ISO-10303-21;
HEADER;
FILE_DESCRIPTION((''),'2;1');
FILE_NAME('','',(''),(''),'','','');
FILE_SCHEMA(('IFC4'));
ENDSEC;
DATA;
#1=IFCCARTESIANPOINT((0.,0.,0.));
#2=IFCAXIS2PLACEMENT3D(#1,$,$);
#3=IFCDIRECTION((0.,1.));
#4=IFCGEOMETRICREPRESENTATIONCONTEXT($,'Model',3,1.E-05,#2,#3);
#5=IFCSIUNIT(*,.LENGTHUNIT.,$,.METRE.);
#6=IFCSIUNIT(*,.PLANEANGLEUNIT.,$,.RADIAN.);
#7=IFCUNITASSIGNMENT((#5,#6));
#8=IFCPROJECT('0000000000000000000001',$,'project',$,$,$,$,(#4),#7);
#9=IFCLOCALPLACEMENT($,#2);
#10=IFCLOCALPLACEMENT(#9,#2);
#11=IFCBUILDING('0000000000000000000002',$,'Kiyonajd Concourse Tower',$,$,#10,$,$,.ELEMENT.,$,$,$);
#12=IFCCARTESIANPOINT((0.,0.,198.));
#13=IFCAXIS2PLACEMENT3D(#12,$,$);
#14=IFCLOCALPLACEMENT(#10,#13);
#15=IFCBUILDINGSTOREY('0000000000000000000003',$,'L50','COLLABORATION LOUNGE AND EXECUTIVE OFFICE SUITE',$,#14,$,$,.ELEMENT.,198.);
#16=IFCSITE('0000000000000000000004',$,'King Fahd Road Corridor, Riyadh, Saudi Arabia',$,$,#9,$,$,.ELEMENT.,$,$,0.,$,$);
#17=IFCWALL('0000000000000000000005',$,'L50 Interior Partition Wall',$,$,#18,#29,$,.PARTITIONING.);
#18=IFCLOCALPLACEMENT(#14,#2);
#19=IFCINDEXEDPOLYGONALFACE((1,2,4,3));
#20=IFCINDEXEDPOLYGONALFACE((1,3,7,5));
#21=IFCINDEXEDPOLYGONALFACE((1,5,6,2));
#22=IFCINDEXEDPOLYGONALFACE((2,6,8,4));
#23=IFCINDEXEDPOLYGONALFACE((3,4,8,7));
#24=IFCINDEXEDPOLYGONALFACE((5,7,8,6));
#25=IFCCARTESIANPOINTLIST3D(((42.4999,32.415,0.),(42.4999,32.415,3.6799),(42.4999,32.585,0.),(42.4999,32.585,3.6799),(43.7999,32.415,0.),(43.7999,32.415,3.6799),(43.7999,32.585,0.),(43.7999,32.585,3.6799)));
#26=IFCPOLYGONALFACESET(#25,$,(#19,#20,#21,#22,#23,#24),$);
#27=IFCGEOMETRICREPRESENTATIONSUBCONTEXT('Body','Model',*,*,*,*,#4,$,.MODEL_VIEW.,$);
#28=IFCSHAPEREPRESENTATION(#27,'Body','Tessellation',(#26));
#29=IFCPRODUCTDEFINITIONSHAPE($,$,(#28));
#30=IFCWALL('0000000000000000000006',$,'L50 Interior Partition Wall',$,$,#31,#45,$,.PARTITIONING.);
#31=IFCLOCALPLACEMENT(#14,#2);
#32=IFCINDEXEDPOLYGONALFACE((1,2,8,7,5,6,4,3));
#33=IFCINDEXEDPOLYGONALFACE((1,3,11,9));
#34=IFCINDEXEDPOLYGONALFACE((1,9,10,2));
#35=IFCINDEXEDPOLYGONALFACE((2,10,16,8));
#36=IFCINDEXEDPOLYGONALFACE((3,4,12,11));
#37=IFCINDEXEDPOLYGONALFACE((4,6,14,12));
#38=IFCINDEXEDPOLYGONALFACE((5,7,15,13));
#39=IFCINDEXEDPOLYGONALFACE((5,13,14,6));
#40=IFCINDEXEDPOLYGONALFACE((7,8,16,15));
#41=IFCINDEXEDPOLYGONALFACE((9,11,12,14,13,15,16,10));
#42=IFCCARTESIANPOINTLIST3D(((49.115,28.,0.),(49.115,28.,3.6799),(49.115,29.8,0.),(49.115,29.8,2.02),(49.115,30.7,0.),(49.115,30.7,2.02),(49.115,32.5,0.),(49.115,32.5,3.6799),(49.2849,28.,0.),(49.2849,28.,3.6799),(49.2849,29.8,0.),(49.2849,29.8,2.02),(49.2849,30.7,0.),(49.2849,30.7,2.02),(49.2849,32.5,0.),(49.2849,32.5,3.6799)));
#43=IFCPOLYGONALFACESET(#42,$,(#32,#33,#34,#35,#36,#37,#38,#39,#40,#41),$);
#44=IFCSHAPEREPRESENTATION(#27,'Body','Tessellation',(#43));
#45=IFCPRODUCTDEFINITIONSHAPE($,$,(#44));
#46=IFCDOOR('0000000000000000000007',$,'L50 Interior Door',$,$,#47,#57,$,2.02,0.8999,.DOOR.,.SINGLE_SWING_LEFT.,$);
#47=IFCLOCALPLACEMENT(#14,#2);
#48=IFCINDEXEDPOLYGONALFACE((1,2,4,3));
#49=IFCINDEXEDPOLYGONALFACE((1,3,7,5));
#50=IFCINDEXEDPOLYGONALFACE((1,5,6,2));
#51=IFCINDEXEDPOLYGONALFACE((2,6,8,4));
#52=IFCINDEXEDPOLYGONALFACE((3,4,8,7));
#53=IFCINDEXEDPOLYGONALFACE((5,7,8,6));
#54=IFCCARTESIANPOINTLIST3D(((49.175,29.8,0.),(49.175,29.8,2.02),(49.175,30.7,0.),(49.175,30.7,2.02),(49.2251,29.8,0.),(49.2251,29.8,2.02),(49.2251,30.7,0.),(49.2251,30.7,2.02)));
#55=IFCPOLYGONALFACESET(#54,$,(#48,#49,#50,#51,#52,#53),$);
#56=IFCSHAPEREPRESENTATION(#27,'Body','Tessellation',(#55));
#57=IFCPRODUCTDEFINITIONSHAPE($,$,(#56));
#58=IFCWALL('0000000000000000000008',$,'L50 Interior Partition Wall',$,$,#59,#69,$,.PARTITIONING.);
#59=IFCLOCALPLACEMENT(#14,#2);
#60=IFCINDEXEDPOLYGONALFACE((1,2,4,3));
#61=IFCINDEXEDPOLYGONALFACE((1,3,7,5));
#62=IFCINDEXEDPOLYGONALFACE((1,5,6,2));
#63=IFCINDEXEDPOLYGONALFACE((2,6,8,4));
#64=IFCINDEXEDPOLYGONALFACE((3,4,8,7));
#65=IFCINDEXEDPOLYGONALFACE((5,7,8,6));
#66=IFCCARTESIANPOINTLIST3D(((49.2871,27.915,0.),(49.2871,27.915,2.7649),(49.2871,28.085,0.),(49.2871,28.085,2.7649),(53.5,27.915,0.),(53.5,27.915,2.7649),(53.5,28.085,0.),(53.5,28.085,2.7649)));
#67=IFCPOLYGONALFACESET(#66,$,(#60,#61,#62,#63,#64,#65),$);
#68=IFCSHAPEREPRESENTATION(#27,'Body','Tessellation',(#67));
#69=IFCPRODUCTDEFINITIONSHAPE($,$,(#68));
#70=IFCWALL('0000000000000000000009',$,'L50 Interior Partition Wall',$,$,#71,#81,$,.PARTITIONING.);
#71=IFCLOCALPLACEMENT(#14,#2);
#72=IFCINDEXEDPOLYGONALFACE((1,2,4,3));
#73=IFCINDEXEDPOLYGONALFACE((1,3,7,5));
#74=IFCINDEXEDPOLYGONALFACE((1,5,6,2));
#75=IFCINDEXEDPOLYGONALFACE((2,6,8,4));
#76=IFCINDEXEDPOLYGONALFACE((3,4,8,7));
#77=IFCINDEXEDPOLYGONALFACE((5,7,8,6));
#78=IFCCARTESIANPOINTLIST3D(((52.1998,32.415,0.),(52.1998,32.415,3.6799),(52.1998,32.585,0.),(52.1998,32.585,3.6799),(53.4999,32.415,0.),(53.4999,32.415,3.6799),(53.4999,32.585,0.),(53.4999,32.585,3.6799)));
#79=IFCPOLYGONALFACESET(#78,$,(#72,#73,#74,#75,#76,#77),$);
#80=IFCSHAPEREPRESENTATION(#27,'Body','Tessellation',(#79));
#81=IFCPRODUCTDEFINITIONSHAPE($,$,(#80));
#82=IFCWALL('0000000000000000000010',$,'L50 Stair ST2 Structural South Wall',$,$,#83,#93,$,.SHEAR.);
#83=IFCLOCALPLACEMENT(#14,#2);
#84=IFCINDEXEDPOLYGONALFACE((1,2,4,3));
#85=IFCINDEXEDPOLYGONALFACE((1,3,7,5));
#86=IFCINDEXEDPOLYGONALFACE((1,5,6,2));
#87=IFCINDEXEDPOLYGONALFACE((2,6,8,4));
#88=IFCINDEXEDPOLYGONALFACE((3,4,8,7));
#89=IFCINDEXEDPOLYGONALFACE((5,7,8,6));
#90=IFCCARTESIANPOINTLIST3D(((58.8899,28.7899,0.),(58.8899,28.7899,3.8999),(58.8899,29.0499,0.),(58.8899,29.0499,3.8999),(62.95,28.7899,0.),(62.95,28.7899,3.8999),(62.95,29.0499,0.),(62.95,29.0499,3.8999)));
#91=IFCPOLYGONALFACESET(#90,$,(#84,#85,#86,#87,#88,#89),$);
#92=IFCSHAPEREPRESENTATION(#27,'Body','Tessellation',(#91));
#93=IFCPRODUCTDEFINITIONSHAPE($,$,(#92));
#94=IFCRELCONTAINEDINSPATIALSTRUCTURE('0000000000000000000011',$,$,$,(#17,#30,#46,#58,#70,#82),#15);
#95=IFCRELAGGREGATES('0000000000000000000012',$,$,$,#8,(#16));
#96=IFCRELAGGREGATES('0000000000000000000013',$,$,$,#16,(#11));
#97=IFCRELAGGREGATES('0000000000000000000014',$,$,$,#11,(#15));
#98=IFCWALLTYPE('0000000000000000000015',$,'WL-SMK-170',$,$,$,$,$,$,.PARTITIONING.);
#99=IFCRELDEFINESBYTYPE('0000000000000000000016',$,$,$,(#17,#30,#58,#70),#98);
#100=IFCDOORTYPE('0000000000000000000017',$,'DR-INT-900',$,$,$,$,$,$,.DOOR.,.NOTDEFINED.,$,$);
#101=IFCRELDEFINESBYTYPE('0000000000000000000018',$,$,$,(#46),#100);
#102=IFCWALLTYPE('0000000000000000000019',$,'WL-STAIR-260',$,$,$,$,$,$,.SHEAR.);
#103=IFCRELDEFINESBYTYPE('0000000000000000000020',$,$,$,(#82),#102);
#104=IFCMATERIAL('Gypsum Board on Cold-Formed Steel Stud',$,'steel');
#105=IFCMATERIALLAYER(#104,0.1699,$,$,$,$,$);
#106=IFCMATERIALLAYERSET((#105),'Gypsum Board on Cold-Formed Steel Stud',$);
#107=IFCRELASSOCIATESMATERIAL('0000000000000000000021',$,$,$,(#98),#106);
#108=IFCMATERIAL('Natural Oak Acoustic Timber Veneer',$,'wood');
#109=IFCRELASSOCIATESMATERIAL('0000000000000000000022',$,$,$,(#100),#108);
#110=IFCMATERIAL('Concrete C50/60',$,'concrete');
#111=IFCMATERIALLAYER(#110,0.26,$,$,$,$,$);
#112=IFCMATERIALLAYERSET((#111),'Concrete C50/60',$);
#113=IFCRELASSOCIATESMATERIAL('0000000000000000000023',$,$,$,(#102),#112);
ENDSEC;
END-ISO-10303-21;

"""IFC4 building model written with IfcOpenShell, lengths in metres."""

from ifc_helpers import new_model, si_unit, direction, frame, frame_2d, origin, place, context, subcontext, project, spatial, rectangle, extrude, material, layer, layer_set, type_object, element, fill, save


model = new_model("IFC4")

# Units and contexts
model_context = context("Model", 3, precision=1e-05, world=origin(), true_north=direction((0.0, 1.0)))
body_context = subcontext(model_context, "Body", "Model", "MODEL_VIEW")
ifc_project = project(units=[si_unit("LENGTHUNIT", "METRE"), si_unit("PLANEANGLEUNIT", "RADIAN")], contexts=[model_context])

# Site, building, storey
site_placement = place(None, origin())
site = spatial("IfcSite", under=ifc_project, at=site_placement, Name="King Fahd Road Corridor, Riyadh, Saudi Arabia", CompositionType="ELEMENT", RefElevation=0.0)
building_placement = place(site_placement, origin())
building = spatial("IfcBuilding", under=site, at=building_placement, Name="Kiyonajd Concourse Tower", CompositionType="ELEMENT")
storey_placement = place(building_placement, frame((0.0, 0.0, 198.0)))
storey = spatial("IfcBuildingStorey", under=building, at=storey_placement, Name="L50", Description="COLLABORATION LOUNGE AND EXECUTIVE OFFICE SUITE", CompositionType="ELEMENT", Elevation=198.0)

# Shared definitions
ifc_material_1 = material(Name="Gypsum Board on Cold-Formed Steel Stud", Category="steel")

# Shared definitions
ifc_layer_1 = layer(ifc_material_1, 0.1699)
ifc_layer_set_1 = layer_set([ifc_layer_1], Name="Gypsum Board on Cold-Formed Steel Stud")
wall_type_1 = type_object("IfcWallType", Name="WL-SMK-170", PredefinedType="PARTITIONING", material=ifc_layer_set_1)
ifc_material_2 = material(Name="Natural Oak Acoustic Timber Veneer", Category="wood")
door_type_1 = type_object("IfcDoorType", Name="DR-INT-900", OperationType="NOTDEFINED", PredefinedType="DOOR", material=ifc_material_2)

# Wall
wall_1_placement = place(storey_placement, frame((42.5, 32.5, 0.0), z_axis=(0.0, 0.0, 1.0), x_axis=(1.0, 0.0, 0.0)))
element("IfcWall", 1, at=wall_1_placement, inside=storey, type_object=wall_type_1, Name="L50 Interior Partition Wall", PredefinedType="PARTITIONING", context=body_context, shape_type="SweptSolid", body=[
    extrude(rectangle(XDim=1.3, YDim=0.1699, at=frame_2d((0.6499, 0.0))), origin(), (0.0, 0.0, 1.0), 3.6799),
])

# Wall, opening, door
wall_2_placement = place(storey_placement, frame((49.2, 28.0, 0.0), z_axis=(0.0, 0.0, 1.0), x_axis=(0.0, 1.0, 0.0)))
wall_2 = element("IfcWall", 2, at=wall_2_placement, inside=storey, type_object=wall_type_1, Name="L50 Interior Partition Wall", PredefinedType="PARTITIONING", context=body_context, shape_type="SweptSolid", body=[
    extrude(rectangle(XDim=4.5, YDim=0.1699, at=frame_2d((2.25, 0.0))), origin(), (0.0, 0.0, 1.0), 3.6799),
])
opening_1_placement = place(wall_2_placement, frame((1.8, 0.0, 0.0)))
opening_1 = element("IfcOpeningElement", 3, at=opening_1_placement, cuts=wall_2, PredefinedType="OPENING", context=body_context, shape_type="SweptSolid", body=[
    extrude(rectangle(XDim=0.8999, YDim=2.02, at=frame_2d((0.45, 1.01))), frame((0.0, 0.095, 0.0), z_axis=(0.0, -1.0, 0.0), x_axis=(1.0, 0.0, 0.0)), (0.0, 0.0, 1.0), 0.1899),
])
door_1_placement = place(opening_1_placement, origin())
door_1 = element("IfcDoor", 4, at=door_1_placement, inside=storey, type_object=door_type_1, Name="L50 Interior Door", OperationType="SINGLE_SWING_LEFT", OverallHeight=2.02, OverallWidth=0.8999, PredefinedType="DOOR", context=body_context, shape_type="SweptSolid", body=[
    extrude(rectangle(XDim=0.8999, YDim=2.02, at=frame_2d((0.45, 1.01))), frame((0.0, 0.0249, 0.0), z_axis=(0.0, -1.0, 0.0), x_axis=(1.0, 0.0, 0.0)), (0.0, 0.0, 1.0), 0.05),
])
fill(opening_1, door_1)

# Walls
wall_3_placement = place(storey_placement, frame((49.2871, 28.0, 0.0), z_axis=(0.0, 0.0, 1.0), x_axis=(1.0, 0.0, 0.0)))
element("IfcWall", 5, at=wall_3_placement, inside=storey, type_object=wall_type_1, Name="L50 Interior Partition Wall", PredefinedType="PARTITIONING", context=body_context, shape_type="SweptSolid", body=[
    extrude(rectangle(XDim=4.2129, YDim=0.1699, at=frame_2d((2.1064, 0.0))), origin(), (0.0, 0.0, 1.0), 2.7649),
])
wall_4_placement = place(storey_placement, frame((52.2, 32.5, 0.0), z_axis=(0.0, 0.0, 1.0), x_axis=(1.0, 0.0, 0.0)))
element("IfcWall", 6, at=wall_4_placement, inside=storey, type_object=wall_type_1, Name="L50 Interior Partition Wall", PredefinedType="PARTITIONING", context=body_context, shape_type="SweptSolid", body=[
    extrude(rectangle(XDim=1.3, YDim=0.1699, at=frame_2d((0.6499, 0.0))), origin(), (0.0, 0.0, 1.0), 3.6799),
])
ifc_material_3 = material(Name="Concrete C50/60", Category="concrete")
ifc_layer_2 = layer(ifc_material_3, 0.26)
ifc_layer_set_2 = layer_set([ifc_layer_2], Name="Concrete C50/60")
wall_type_2 = type_object("IfcWallType", Name="WL-STAIR-260", PredefinedType="SHEAR", material=ifc_layer_set_2)
wall_5_placement = place(storey_placement, frame((58.8899, 28.9199, 0.0), z_axis=(0.0, 0.0, 1.0), x_axis=(1.0, 0.0, 0.0)))
element("IfcWall", 7, at=wall_5_placement, inside=storey, type_object=wall_type_2, Name="L50 Stair ST2 Structural South Wall", PredefinedType="SHEAR", context=body_context, shape_type="SweptSolid", body=[
    extrude(rectangle(XDim=4.0601, YDim=0.26, at=frame_2d((2.03, 0.0))), origin(), (0.0, 0.0, 1.0), 3.8999),
])

save(model, "model.ifc")
